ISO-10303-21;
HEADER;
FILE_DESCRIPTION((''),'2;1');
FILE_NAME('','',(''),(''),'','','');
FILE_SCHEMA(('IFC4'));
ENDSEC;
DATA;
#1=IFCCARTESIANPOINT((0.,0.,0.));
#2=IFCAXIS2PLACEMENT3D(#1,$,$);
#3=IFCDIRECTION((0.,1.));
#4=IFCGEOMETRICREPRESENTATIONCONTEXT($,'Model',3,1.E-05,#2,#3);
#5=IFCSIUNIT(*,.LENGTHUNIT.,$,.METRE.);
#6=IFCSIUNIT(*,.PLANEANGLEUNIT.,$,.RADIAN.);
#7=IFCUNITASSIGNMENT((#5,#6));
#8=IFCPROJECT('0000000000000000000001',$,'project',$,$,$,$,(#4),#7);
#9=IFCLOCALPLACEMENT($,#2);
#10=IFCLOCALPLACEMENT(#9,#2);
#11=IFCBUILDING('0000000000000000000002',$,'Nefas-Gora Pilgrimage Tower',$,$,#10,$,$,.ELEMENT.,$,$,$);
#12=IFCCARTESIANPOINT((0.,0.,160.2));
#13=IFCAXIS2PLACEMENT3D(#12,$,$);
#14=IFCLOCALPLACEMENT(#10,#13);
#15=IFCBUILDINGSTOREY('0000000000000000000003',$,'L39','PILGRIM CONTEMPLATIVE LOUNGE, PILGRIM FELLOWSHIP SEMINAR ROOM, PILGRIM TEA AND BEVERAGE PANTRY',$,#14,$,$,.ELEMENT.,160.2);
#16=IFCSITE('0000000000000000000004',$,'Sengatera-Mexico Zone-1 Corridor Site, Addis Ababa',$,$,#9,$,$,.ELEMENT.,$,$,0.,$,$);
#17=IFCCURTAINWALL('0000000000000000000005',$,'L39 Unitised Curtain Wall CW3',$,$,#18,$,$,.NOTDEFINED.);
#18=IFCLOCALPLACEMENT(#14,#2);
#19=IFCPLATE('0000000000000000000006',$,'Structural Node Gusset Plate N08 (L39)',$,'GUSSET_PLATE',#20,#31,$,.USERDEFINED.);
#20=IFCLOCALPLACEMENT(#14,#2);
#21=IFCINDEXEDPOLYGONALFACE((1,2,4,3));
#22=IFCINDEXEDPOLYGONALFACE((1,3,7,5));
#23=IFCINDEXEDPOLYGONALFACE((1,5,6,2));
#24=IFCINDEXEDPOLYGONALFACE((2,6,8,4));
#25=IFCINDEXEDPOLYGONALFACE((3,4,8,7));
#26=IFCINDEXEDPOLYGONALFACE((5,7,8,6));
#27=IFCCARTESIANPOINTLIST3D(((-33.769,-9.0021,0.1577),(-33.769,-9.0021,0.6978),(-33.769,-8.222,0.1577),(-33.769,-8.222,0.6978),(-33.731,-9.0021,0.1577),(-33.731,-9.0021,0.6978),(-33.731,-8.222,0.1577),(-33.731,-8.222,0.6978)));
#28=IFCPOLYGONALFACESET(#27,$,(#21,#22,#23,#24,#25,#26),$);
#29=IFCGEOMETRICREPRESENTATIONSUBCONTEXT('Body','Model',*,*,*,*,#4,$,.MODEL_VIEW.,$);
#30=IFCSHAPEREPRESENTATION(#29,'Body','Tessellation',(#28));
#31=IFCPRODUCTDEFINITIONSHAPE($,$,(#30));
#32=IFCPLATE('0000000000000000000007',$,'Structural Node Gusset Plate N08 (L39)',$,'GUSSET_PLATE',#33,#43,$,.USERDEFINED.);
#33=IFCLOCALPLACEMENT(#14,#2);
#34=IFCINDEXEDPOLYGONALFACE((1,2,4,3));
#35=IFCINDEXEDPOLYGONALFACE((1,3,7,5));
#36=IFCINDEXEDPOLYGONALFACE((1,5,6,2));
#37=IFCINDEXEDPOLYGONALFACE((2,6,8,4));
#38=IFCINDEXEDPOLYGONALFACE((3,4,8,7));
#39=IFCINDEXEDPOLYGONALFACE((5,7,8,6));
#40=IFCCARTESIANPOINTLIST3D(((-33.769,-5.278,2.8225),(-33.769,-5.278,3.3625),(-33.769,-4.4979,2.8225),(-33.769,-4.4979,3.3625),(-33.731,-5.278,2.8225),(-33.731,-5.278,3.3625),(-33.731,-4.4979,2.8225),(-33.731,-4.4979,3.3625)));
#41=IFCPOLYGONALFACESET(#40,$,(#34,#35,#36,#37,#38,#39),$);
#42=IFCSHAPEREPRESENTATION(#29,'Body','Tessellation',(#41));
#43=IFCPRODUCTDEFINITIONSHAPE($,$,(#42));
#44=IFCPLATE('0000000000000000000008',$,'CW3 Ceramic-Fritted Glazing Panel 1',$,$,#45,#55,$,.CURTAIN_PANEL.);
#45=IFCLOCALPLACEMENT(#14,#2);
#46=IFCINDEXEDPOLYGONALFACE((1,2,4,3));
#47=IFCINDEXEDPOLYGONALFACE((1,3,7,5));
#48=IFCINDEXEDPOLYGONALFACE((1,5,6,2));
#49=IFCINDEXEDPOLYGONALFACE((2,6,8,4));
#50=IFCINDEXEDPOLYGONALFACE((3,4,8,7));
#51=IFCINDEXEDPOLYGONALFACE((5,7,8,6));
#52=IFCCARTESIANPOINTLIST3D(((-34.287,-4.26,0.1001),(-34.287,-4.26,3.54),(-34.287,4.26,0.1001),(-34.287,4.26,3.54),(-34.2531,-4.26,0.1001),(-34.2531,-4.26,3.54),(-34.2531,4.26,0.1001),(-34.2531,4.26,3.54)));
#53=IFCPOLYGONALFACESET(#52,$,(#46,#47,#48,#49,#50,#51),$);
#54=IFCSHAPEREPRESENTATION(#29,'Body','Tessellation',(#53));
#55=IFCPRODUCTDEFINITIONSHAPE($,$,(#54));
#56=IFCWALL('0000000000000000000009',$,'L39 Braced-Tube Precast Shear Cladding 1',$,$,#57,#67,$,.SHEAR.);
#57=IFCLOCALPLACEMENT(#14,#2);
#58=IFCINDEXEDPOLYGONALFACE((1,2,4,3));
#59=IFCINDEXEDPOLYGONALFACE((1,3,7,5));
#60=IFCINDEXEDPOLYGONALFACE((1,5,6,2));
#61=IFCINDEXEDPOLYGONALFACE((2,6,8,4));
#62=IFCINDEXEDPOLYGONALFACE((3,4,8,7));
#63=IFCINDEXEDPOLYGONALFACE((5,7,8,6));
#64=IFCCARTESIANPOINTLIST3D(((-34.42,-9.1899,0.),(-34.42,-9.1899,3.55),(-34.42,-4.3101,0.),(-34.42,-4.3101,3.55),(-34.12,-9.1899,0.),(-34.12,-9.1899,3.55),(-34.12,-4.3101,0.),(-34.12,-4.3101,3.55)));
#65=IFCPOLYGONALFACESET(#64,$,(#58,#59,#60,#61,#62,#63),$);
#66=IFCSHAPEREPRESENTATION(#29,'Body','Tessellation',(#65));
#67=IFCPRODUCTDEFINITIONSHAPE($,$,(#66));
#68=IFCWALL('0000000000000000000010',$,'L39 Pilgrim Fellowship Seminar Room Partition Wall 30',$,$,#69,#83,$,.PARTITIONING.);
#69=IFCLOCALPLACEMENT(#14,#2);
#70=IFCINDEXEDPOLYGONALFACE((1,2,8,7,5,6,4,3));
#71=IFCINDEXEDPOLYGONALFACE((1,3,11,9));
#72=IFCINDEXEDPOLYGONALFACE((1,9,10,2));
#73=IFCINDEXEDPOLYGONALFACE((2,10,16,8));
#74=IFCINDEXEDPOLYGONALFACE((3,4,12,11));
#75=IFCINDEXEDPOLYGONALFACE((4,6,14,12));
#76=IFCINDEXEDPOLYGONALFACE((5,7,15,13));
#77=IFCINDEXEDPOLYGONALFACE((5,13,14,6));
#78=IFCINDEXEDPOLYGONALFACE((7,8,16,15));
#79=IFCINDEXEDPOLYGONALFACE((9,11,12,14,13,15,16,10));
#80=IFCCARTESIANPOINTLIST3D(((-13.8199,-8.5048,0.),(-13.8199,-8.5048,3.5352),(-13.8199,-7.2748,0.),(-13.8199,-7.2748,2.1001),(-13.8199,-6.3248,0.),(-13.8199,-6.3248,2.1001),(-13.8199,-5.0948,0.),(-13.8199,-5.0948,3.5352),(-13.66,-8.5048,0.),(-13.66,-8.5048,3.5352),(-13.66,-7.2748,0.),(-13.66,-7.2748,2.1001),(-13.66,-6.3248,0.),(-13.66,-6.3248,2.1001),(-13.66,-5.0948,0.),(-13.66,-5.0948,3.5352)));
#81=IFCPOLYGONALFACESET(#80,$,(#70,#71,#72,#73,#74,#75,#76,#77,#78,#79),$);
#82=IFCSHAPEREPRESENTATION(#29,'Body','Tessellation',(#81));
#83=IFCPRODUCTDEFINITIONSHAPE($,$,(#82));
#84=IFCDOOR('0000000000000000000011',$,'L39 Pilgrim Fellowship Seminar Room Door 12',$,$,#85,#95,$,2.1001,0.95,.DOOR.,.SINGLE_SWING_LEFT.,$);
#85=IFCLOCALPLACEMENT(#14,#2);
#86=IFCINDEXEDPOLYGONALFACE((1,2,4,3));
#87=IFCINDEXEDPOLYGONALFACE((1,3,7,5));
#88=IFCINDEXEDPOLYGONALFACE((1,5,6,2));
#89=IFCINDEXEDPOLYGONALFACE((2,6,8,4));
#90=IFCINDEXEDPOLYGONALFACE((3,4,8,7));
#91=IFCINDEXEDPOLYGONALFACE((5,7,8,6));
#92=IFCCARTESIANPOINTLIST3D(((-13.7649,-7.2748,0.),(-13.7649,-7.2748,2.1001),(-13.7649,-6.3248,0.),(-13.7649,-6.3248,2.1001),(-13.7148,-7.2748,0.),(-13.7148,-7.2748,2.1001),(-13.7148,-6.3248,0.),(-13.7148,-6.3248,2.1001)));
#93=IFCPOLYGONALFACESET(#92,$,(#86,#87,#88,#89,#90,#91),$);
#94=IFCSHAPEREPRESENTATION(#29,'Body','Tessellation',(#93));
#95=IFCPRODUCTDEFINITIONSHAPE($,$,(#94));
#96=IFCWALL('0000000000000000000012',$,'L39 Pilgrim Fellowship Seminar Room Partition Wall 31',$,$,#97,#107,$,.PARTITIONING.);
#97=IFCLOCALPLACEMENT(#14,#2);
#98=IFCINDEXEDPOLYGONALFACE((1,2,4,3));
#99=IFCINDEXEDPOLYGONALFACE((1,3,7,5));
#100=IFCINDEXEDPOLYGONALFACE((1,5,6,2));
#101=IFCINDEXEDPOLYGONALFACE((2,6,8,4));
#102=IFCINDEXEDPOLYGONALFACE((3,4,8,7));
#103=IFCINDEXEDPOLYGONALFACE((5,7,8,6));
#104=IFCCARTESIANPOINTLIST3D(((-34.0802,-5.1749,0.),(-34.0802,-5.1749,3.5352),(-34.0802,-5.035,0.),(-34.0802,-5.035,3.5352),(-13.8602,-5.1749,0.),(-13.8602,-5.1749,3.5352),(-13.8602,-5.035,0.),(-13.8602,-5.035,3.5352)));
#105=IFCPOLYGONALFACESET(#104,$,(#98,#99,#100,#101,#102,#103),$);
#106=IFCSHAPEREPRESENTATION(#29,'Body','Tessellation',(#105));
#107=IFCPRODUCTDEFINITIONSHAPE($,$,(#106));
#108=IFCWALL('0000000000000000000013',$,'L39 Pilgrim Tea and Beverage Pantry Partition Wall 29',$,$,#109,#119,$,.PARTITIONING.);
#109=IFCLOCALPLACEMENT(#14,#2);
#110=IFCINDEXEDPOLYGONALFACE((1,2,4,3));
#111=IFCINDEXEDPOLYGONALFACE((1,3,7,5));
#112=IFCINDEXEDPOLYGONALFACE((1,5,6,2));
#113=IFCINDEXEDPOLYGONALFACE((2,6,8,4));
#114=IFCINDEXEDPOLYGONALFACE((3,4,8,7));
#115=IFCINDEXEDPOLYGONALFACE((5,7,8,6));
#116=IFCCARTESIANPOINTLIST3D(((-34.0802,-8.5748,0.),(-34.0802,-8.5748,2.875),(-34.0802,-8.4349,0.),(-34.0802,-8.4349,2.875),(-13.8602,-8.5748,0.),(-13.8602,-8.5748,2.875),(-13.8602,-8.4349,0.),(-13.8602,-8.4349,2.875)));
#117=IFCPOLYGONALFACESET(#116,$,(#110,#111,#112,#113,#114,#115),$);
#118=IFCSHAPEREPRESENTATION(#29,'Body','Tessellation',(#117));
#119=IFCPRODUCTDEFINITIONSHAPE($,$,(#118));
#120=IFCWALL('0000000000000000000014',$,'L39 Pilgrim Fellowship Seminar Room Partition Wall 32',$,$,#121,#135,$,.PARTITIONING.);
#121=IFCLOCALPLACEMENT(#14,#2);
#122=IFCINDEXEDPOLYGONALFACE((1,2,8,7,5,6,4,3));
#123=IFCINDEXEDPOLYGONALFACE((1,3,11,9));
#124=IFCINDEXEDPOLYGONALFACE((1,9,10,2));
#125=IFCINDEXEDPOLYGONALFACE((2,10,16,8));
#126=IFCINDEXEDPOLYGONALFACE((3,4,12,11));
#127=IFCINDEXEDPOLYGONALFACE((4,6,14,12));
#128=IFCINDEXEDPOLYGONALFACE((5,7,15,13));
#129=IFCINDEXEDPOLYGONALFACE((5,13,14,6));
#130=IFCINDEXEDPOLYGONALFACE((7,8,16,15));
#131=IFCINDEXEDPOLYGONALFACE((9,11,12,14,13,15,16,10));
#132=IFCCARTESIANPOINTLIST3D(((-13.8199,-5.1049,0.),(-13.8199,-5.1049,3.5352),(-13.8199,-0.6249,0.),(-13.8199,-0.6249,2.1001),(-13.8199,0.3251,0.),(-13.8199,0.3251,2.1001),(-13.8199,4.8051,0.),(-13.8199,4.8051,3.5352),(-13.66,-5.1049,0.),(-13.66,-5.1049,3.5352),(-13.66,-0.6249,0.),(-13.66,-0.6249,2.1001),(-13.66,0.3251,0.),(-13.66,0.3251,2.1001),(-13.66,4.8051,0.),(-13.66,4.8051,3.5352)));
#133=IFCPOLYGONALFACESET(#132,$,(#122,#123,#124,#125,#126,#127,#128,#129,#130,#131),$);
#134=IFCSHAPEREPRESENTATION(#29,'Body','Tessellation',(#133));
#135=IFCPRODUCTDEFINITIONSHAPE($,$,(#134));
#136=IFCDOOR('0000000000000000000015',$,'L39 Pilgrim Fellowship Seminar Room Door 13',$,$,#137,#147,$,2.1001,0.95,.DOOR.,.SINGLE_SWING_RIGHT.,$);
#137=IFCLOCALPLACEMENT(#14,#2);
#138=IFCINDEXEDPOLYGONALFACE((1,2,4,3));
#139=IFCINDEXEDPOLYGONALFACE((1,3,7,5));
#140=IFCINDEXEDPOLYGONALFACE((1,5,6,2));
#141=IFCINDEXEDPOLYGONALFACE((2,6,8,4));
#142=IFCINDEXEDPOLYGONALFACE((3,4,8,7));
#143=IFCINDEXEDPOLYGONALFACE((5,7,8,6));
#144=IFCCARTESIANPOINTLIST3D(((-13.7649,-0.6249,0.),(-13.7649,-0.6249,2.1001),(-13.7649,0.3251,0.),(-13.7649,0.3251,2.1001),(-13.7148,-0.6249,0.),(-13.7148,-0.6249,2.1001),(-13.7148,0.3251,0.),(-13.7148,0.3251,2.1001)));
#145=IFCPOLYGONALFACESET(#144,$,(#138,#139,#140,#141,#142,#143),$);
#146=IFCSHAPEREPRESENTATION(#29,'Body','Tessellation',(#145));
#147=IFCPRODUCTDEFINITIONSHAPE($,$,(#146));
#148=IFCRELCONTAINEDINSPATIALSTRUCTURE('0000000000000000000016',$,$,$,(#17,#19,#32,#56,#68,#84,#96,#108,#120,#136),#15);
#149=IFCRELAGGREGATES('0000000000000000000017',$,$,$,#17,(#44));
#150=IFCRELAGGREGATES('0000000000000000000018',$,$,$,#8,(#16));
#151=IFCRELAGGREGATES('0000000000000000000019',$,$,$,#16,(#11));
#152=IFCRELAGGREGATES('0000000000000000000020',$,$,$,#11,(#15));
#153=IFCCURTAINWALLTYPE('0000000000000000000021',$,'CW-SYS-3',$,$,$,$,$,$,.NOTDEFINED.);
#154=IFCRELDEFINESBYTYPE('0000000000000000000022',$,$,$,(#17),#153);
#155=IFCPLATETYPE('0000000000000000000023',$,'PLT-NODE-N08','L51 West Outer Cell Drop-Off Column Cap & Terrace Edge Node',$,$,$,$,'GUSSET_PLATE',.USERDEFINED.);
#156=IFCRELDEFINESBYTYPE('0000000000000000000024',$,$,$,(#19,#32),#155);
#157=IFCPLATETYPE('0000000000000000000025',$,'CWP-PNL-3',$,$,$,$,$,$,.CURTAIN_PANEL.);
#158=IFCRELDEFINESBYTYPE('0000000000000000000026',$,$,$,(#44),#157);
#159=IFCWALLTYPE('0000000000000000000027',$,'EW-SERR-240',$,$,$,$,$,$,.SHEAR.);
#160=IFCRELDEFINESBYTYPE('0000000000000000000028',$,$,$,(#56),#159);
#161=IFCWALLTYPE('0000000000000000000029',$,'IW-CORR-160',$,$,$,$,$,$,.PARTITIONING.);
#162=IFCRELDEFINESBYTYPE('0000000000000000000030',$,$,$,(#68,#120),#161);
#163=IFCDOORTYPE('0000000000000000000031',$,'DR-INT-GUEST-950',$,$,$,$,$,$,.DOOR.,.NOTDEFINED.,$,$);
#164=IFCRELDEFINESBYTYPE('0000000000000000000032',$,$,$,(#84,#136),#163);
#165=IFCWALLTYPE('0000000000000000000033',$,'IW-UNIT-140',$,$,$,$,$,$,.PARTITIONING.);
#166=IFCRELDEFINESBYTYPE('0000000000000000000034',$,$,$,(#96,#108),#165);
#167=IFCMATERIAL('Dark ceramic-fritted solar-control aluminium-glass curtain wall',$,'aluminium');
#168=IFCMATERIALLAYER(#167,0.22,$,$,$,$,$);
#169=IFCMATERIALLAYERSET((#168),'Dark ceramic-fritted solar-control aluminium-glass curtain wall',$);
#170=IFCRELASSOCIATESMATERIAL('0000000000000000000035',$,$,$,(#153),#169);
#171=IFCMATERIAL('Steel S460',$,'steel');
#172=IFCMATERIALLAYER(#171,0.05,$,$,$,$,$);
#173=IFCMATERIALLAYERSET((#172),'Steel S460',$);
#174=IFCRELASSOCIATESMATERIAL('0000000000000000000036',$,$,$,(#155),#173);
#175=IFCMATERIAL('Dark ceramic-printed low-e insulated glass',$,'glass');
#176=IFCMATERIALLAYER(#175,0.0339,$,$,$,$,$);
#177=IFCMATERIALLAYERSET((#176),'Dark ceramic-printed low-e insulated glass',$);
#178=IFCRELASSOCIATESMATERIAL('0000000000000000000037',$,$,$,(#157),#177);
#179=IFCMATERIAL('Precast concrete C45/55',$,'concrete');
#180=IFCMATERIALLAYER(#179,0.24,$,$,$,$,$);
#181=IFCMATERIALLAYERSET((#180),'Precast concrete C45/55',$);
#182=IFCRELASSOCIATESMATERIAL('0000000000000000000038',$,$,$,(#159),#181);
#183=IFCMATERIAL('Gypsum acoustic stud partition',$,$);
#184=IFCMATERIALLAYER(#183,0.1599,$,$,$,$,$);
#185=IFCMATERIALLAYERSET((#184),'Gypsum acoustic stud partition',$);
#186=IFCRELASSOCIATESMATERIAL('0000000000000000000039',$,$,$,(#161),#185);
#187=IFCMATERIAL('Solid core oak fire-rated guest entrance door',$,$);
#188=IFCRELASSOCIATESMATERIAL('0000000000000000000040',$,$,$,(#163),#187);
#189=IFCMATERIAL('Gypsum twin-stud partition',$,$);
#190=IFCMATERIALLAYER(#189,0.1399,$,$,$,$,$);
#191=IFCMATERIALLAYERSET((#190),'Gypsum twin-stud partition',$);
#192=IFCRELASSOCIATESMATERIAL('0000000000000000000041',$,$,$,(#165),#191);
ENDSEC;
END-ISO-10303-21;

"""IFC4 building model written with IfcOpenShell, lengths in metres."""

from ifc_helpers import new_model, si_unit, direction, frame, frame_2d, origin, origin_2d, place, context, subcontext, project, spatial, rectangle, extrude, source, transform, mapped, material, layer, layer_set, type_object, element, fill, aggregate, save


model = new_model("IFC4")

# Units and contexts
model_context = context("Model", 3, precision=1e-05, world=origin(), true_north=direction((0.0, 1.0)))
body_context = subcontext(model_context, "Body", "Model", "MODEL_VIEW")
ifc_project = project(units=[si_unit("LENGTHUNIT", "METRE"), si_unit("PLANEANGLEUNIT", "RADIAN")], contexts=[model_context])

# Site, building, storey
site_placement = place(None, origin())
site = spatial("IfcSite", under=ifc_project, at=site_placement, Name="Sengatera-Mexico Zone-1 Corridor Site, Addis Ababa", CompositionType="ELEMENT", RefElevation=0.0)
building_placement = place(site_placement, origin())
building = spatial("IfcBuilding", under=site, at=building_placement, Name="Nefas-Gora Pilgrimage Tower", CompositionType="ELEMENT")
storey_placement = place(building_placement, frame((0.0, 0.0, 160.2)))
storey = spatial("IfcBuildingStorey", under=building, at=storey_placement, Name="L39", Description="PILGRIM CONTEMPLATIVE LOUNGE, PILGRIM FELLOWSHIP SEMINAR ROOM, PILGRIM TEA AND BEVERAGE PANTRY", CompositionType="ELEMENT", Elevation=160.2)

# Shared definitions
ifc_material_1 = material(Name="Steel S460", Category="steel")

# Curtain wall
ifc_material_2 = material(Name="Dark ceramic-fritted solar-control aluminium-glass curtain wall", Category="aluminium")
ifc_layer_1 = layer(ifc_material_2, 0.22)
ifc_layer_set_1 = layer_set([ifc_layer_1], Name="Dark ceramic-fritted solar-control aluminium-glass curtain wall")
curtain_wall_type = type_object("IfcCurtainWallType", Name="CW-SYS-3", PredefinedType="NOTDEFINED", material=ifc_layer_set_1)
curtain_wall_1_placement = place(storey_placement, origin())
curtain_wall_1 = element("IfcCurtainWall", 1, at=curtain_wall_1_placement, inside=storey, type_object=curtain_wall_type, Name="L39 Unitised Curtain Wall CW3", PredefinedType="NOTDEFINED")

# Plates
ifc_layer_2 = layer(ifc_material_1, 0.05)
ifc_layer_set_2 = layer_set([ifc_layer_2], Name="Steel S460")
plate_type_1 = type_object("IfcPlateType", Name="PLT-NODE-N08", Description="L51 West Outer Cell Drop-Off Column Cap & Terrace Edge Node", ElementType="GUSSET_PLATE", PredefinedType="USERDEFINED", material=ifc_layer_set_2)
shared_shape_1 = source(origin(), body_context, "Body", "SweptSolid", [
    extrude(rectangle(XDim=0.78, YDim=0.0381, at=origin_2d()), origin(), (0.0, 0.0, 1.0), 0.54),
])
for number, where, z_axis, x_axis, name in (
    (2, (-33.75, -8.6121, 0.1577), (0.0, 0.0, 1.0), (0.0, 1.0, 0.0), "Structural Node Gusset Plate N08 (L39)"),
    (3, (-33.75, -4.8879, 2.8225), (0.0, 0.0, 1.0), (0.0, 1.0, 0.0), "Structural Node Gusset Plate N08 (L39)"),
):
    element("IfcPlate", number, at=place(storey_placement, frame(where, z_axis=z_axis, x_axis=x_axis)), inside=storey, type_object=plate_type_1, Name=name, ObjectType="GUSSET_PLATE", PredefinedType="USERDEFINED", context=body_context, shape_type="MappedRepresentation", body=[
        mapped(shared_shape_1, transform((0.0, 0.0, 0.0), x_axis=(1.0, 0.0, 0.0), y_axis=(0.0, 1.0, 0.0), z_axis=(0.0, 0.0, 1.0), scale=1.0)),
    ])

# Plate
ifc_material_3 = material(Name="Dark ceramic-printed low-e insulated glass", Category="glass")
ifc_layer_3 = layer(ifc_material_3, 0.0339)
ifc_layer_set_3 = layer_set([ifc_layer_3], Name="Dark ceramic-printed low-e insulated glass")
plate_type_2 = type_object("IfcPlateType", Name="CWP-PNL-3", PredefinedType="CURTAIN_PANEL", material=ifc_layer_set_3)
shared_shape_2 = source(origin(), body_context, "Body", "SweptSolid", [
    extrude(rectangle(XDim=8.52, YDim=0.0339, at=origin_2d()), origin(), (0.0, 0.0, 1.0), 3.4399),
])
plate_placement = place(storey_placement, frame((-34.27, 0.0, 0.1001), z_axis=(0.0, 0.0, 1.0), x_axis=(0.0, -1.0, 0.0)))
plate = element("IfcPlate", 4, at=plate_placement, type_object=plate_type_2, Name="CW3 Ceramic-Fritted Glazing Panel 1", PredefinedType="CURTAIN_PANEL", context=body_context, shape_type="MappedRepresentation", body=[
    mapped(shared_shape_2, transform((0.0, 0.0, 0.0), x_axis=(1.0, 0.0, 0.0), y_axis=(0.0, 1.0, 0.0), z_axis=(0.0, 0.0, 1.0), scale=1.0)),
])
aggregate(curtain_wall_1, [plate])

# Wall
ifc_material_4 = material(Name="Precast concrete C45/55", Category="concrete")
ifc_layer_4 = layer(ifc_material_4, 0.24)
ifc_layer_set_4 = layer_set([ifc_layer_4], Name="Precast concrete C45/55")
wall_type_1 = type_object("IfcWallType", Name="EW-SERR-240", PredefinedType="SHEAR", material=ifc_layer_set_4)
shared_shape_3 = source(origin(), body_context, "Body", "SweptSolid", [
    extrude(rectangle(XDim=4.8799, YDim=0.3, at=frame_2d((2.4399, 0.0))), origin(), (0.0, 0.0, 1.0), 3.55),
])
wall_1_placement = place(storey_placement, frame((-34.27, -9.1899, 0.0), z_axis=(0.0, 0.0, 1.0), x_axis=(0.0, 1.0, 0.0)))
element("IfcWall", 5, at=wall_1_placement, inside=storey, type_object=wall_type_1, Name="L39 Braced-Tube Precast Shear Cladding 1", PredefinedType="SHEAR", context=body_context, shape_type="MappedRepresentation", body=[
    mapped(shared_shape_3, transform((0.0, 0.0, 0.0), x_axis=(1.0, 0.0, 0.0), y_axis=(0.0, 1.0, 0.0), z_axis=(0.0, 0.0, 1.0), scale=1.0)),
])

# Wall, opening, door
ifc_material_5 = material(Name="Gypsum acoustic stud partition")
ifc_layer_5 = layer(ifc_material_5, 0.1599)
ifc_layer_set_5 = layer_set([ifc_layer_5], Name="Gypsum acoustic stud partition")
wall_type_2 = type_object("IfcWallType", Name="IW-CORR-160", PredefinedType="PARTITIONING", material=ifc_layer_set_5)
shared_shape_4 = source(origin(), body_context, "Body", "SweptSolid", [
    extrude(rectangle(XDim=3.4099, YDim=0.1599, at=frame_2d((1.7051, 0.0))), origin(), (0.0, 0.0, 1.0), 3.5352),
])
wall_2_placement = place(storey_placement, frame((-13.74, -8.5049, 0.0), z_axis=(0.0, 0.0, 1.0), x_axis=(0.0, 1.0, 0.0)))
wall_2 = element("IfcWall", 6, at=wall_2_placement, inside=storey, type_object=wall_type_2, Name="L39 Pilgrim Fellowship Seminar Room Partition Wall 30", PredefinedType="PARTITIONING", context=body_context, shape_type="MappedRepresentation", body=[
    mapped(shared_shape_4, transform((0.0, 0.0, 0.0), x_axis=(1.0, 0.0, 0.0), y_axis=(0.0, 1.0, 0.0), z_axis=(0.0, 0.0, 1.0), scale=1.0)),
])
opening_1_placement = place(wall_2_placement, frame((1.23, 0.0, 0.0)))
opening_1 = element("IfcOpeningElement", 7, at=opening_1_placement, cuts=wall_2, PredefinedType="OPENING", context=body_context, shape_type="SweptSolid", body=[
    extrude(rectangle(XDim=0.95, YDim=2.1001, at=frame_2d((0.4751, 1.05))), frame((0.0, 0.0898, 0.0), z_axis=(0.0, -1.0, 0.0), x_axis=(1.0, 0.0, 0.0)), (0.0, 0.0, 1.0), 0.1799),
])
ifc_material_6 = material(Name="Solid core oak fire-rated guest entrance door")
door_type = type_object("IfcDoorType", Name="DR-INT-GUEST-950", OperationType="NOTDEFINED", PredefinedType="DOOR", material=ifc_material_6)
shared_shape_5 = source(origin(), body_context, "Body", "SweptSolid", [
    extrude(rectangle(XDim=0.95, YDim=2.1001, at=frame_2d((0.4751, 1.05))), frame((0.0, 0.0249, 0.0), z_axis=(0.0, -1.0, 0.0), x_axis=(1.0, 0.0, 0.0)), (0.0, 0.0, 1.0), 0.05),
])
door_1_placement = place(opening_1_placement, origin())
door_1 = element("IfcDoor", 8, at=door_1_placement, inside=storey, type_object=door_type, Name="L39 Pilgrim Fellowship Seminar Room Door 12", OperationType="SINGLE_SWING_LEFT", OverallHeight=2.1001, OverallWidth=0.95, PredefinedType="DOOR", context=body_context, shape_type="MappedRepresentation", body=[
    mapped(shared_shape_5, transform((0.0, 0.0, 0.0), x_axis=(1.0, 0.0, 0.0), y_axis=(0.0, 1.0, 0.0), z_axis=(0.0, 0.0, 1.0), scale=1.0)),
])
fill(opening_1, door_1)

# Walls
ifc_material_7 = material(Name="Gypsum twin-stud partition")
ifc_layer_6 = layer(ifc_material_7, 0.1399)
ifc_layer_set_6 = layer_set([ifc_layer_6], Name="Gypsum twin-stud partition")
wall_type_3 = type_object("IfcWallType", Name="IW-UNIT-140", PredefinedType="PARTITIONING", material=ifc_layer_set_6)
shared_shape_6 = source(origin(), body_context, "Body", "SweptSolid", [
    extrude(rectangle(XDim=20.22, YDim=0.1399, at=frame_2d((10.1099, 0.0))), origin(), (0.0, 0.0, 1.0), 3.5352),
])
wall_3_placement = place(storey_placement, frame((-34.0801, -5.105, 0.0), z_axis=(0.0, 0.0, 1.0), x_axis=(1.0, 0.0, 0.0)))
element("IfcWall", 9, at=wall_3_placement, inside=storey, type_object=wall_type_3, Name="L39 Pilgrim Fellowship Seminar Room Partition Wall 31", PredefinedType="PARTITIONING", context=body_context, shape_type="MappedRepresentation", body=[
    mapped(shared_shape_6, transform((0.0, 0.0, 0.0), x_axis=(1.0, 0.0, 0.0), y_axis=(0.0, 1.0, 0.0), z_axis=(0.0, 0.0, 1.0), scale=1.0)),
])
shared_shape_7 = source(origin(), body_context, "Body", "SweptSolid", [
    extrude(rectangle(XDim=20.22, YDim=0.1399, at=frame_2d((10.1099, 0.0))), origin(), (0.0, 0.0, 1.0), 2.875),
])
wall_4_placement = place(storey_placement, frame((-34.0801, -8.5049, 0.0), z_axis=(0.0, 0.0, 1.0), x_axis=(1.0, 0.0, 0.0)))
element("IfcWall", 10, at=wall_4_placement, inside=storey, type_object=wall_type_3, Name="L39 Pilgrim Tea and Beverage Pantry Partition Wall 29", PredefinedType="PARTITIONING", context=body_context, shape_type="MappedRepresentation", body=[
    mapped(shared_shape_7, transform((0.0, 0.0, 0.0), x_axis=(1.0, 0.0, 0.0), y_axis=(0.0, 1.0, 0.0), z_axis=(0.0, 0.0, 1.0), scale=1.0)),
])

# Wall, opening, door
shared_shape_8 = source(origin(), body_context, "Body", "SweptSolid", [
    extrude(rectangle(XDim=9.9099, YDim=0.1599, at=frame_2d((4.9551, 0.0))), origin(), (0.0, 0.0, 1.0), 3.5352),
])
wall_5_placement = place(storey_placement, frame((-13.74, -5.105, 0.0), z_axis=(0.0, 0.0, 1.0), x_axis=(0.0, 1.0, 0.0)))
wall_5 = element("IfcWall", 11, at=wall_5_placement, inside=storey, type_object=wall_type_2, Name="L39 Pilgrim Fellowship Seminar Room Partition Wall 32", PredefinedType="PARTITIONING", context=body_context, shape_type="MappedRepresentation", body=[
    mapped(shared_shape_8, transform((0.0, 0.0, 0.0), x_axis=(1.0, 0.0, 0.0), y_axis=(0.0, 1.0, 0.0), z_axis=(0.0, 0.0, 1.0), scale=1.0)),
])
opening_2_placement = place(wall_5_placement, frame((4.48, 0.0, 0.0)))
opening_2 = element("IfcOpeningElement", 12, at=opening_2_placement, cuts=wall_5, PredefinedType="OPENING", context=body_context, shape_type="SweptSolid", body=[
    extrude(rectangle(XDim=0.95, YDim=2.1001, at=frame_2d((0.4751, 1.05))), frame((0.0, 0.0898, 0.0), z_axis=(0.0, -1.0, 0.0), x_axis=(1.0, 0.0, 0.0)), (0.0, 0.0, 1.0), 0.1799),
])
door_2_placement = place(opening_2_placement, origin())
door_2 = element("IfcDoor", 13, at=door_2_placement, inside=storey, type_object=door_type, Name="L39 Pilgrim Fellowship Seminar Room Door 13", OperationType="SINGLE_SWING_RIGHT", OverallHeight=2.1001, OverallWidth=0.95, PredefinedType="DOOR", context=body_context, shape_type="MappedRepresentation", body=[
    mapped(shared_shape_5, transform((0.0, 0.0, 0.0), x_axis=(1.0, 0.0, 0.0), y_axis=(0.0, 1.0, 0.0), z_axis=(0.0, 0.0, 1.0), scale=1.0)),
])
fill(opening_2, door_2)

save(model, "model.ifc")
